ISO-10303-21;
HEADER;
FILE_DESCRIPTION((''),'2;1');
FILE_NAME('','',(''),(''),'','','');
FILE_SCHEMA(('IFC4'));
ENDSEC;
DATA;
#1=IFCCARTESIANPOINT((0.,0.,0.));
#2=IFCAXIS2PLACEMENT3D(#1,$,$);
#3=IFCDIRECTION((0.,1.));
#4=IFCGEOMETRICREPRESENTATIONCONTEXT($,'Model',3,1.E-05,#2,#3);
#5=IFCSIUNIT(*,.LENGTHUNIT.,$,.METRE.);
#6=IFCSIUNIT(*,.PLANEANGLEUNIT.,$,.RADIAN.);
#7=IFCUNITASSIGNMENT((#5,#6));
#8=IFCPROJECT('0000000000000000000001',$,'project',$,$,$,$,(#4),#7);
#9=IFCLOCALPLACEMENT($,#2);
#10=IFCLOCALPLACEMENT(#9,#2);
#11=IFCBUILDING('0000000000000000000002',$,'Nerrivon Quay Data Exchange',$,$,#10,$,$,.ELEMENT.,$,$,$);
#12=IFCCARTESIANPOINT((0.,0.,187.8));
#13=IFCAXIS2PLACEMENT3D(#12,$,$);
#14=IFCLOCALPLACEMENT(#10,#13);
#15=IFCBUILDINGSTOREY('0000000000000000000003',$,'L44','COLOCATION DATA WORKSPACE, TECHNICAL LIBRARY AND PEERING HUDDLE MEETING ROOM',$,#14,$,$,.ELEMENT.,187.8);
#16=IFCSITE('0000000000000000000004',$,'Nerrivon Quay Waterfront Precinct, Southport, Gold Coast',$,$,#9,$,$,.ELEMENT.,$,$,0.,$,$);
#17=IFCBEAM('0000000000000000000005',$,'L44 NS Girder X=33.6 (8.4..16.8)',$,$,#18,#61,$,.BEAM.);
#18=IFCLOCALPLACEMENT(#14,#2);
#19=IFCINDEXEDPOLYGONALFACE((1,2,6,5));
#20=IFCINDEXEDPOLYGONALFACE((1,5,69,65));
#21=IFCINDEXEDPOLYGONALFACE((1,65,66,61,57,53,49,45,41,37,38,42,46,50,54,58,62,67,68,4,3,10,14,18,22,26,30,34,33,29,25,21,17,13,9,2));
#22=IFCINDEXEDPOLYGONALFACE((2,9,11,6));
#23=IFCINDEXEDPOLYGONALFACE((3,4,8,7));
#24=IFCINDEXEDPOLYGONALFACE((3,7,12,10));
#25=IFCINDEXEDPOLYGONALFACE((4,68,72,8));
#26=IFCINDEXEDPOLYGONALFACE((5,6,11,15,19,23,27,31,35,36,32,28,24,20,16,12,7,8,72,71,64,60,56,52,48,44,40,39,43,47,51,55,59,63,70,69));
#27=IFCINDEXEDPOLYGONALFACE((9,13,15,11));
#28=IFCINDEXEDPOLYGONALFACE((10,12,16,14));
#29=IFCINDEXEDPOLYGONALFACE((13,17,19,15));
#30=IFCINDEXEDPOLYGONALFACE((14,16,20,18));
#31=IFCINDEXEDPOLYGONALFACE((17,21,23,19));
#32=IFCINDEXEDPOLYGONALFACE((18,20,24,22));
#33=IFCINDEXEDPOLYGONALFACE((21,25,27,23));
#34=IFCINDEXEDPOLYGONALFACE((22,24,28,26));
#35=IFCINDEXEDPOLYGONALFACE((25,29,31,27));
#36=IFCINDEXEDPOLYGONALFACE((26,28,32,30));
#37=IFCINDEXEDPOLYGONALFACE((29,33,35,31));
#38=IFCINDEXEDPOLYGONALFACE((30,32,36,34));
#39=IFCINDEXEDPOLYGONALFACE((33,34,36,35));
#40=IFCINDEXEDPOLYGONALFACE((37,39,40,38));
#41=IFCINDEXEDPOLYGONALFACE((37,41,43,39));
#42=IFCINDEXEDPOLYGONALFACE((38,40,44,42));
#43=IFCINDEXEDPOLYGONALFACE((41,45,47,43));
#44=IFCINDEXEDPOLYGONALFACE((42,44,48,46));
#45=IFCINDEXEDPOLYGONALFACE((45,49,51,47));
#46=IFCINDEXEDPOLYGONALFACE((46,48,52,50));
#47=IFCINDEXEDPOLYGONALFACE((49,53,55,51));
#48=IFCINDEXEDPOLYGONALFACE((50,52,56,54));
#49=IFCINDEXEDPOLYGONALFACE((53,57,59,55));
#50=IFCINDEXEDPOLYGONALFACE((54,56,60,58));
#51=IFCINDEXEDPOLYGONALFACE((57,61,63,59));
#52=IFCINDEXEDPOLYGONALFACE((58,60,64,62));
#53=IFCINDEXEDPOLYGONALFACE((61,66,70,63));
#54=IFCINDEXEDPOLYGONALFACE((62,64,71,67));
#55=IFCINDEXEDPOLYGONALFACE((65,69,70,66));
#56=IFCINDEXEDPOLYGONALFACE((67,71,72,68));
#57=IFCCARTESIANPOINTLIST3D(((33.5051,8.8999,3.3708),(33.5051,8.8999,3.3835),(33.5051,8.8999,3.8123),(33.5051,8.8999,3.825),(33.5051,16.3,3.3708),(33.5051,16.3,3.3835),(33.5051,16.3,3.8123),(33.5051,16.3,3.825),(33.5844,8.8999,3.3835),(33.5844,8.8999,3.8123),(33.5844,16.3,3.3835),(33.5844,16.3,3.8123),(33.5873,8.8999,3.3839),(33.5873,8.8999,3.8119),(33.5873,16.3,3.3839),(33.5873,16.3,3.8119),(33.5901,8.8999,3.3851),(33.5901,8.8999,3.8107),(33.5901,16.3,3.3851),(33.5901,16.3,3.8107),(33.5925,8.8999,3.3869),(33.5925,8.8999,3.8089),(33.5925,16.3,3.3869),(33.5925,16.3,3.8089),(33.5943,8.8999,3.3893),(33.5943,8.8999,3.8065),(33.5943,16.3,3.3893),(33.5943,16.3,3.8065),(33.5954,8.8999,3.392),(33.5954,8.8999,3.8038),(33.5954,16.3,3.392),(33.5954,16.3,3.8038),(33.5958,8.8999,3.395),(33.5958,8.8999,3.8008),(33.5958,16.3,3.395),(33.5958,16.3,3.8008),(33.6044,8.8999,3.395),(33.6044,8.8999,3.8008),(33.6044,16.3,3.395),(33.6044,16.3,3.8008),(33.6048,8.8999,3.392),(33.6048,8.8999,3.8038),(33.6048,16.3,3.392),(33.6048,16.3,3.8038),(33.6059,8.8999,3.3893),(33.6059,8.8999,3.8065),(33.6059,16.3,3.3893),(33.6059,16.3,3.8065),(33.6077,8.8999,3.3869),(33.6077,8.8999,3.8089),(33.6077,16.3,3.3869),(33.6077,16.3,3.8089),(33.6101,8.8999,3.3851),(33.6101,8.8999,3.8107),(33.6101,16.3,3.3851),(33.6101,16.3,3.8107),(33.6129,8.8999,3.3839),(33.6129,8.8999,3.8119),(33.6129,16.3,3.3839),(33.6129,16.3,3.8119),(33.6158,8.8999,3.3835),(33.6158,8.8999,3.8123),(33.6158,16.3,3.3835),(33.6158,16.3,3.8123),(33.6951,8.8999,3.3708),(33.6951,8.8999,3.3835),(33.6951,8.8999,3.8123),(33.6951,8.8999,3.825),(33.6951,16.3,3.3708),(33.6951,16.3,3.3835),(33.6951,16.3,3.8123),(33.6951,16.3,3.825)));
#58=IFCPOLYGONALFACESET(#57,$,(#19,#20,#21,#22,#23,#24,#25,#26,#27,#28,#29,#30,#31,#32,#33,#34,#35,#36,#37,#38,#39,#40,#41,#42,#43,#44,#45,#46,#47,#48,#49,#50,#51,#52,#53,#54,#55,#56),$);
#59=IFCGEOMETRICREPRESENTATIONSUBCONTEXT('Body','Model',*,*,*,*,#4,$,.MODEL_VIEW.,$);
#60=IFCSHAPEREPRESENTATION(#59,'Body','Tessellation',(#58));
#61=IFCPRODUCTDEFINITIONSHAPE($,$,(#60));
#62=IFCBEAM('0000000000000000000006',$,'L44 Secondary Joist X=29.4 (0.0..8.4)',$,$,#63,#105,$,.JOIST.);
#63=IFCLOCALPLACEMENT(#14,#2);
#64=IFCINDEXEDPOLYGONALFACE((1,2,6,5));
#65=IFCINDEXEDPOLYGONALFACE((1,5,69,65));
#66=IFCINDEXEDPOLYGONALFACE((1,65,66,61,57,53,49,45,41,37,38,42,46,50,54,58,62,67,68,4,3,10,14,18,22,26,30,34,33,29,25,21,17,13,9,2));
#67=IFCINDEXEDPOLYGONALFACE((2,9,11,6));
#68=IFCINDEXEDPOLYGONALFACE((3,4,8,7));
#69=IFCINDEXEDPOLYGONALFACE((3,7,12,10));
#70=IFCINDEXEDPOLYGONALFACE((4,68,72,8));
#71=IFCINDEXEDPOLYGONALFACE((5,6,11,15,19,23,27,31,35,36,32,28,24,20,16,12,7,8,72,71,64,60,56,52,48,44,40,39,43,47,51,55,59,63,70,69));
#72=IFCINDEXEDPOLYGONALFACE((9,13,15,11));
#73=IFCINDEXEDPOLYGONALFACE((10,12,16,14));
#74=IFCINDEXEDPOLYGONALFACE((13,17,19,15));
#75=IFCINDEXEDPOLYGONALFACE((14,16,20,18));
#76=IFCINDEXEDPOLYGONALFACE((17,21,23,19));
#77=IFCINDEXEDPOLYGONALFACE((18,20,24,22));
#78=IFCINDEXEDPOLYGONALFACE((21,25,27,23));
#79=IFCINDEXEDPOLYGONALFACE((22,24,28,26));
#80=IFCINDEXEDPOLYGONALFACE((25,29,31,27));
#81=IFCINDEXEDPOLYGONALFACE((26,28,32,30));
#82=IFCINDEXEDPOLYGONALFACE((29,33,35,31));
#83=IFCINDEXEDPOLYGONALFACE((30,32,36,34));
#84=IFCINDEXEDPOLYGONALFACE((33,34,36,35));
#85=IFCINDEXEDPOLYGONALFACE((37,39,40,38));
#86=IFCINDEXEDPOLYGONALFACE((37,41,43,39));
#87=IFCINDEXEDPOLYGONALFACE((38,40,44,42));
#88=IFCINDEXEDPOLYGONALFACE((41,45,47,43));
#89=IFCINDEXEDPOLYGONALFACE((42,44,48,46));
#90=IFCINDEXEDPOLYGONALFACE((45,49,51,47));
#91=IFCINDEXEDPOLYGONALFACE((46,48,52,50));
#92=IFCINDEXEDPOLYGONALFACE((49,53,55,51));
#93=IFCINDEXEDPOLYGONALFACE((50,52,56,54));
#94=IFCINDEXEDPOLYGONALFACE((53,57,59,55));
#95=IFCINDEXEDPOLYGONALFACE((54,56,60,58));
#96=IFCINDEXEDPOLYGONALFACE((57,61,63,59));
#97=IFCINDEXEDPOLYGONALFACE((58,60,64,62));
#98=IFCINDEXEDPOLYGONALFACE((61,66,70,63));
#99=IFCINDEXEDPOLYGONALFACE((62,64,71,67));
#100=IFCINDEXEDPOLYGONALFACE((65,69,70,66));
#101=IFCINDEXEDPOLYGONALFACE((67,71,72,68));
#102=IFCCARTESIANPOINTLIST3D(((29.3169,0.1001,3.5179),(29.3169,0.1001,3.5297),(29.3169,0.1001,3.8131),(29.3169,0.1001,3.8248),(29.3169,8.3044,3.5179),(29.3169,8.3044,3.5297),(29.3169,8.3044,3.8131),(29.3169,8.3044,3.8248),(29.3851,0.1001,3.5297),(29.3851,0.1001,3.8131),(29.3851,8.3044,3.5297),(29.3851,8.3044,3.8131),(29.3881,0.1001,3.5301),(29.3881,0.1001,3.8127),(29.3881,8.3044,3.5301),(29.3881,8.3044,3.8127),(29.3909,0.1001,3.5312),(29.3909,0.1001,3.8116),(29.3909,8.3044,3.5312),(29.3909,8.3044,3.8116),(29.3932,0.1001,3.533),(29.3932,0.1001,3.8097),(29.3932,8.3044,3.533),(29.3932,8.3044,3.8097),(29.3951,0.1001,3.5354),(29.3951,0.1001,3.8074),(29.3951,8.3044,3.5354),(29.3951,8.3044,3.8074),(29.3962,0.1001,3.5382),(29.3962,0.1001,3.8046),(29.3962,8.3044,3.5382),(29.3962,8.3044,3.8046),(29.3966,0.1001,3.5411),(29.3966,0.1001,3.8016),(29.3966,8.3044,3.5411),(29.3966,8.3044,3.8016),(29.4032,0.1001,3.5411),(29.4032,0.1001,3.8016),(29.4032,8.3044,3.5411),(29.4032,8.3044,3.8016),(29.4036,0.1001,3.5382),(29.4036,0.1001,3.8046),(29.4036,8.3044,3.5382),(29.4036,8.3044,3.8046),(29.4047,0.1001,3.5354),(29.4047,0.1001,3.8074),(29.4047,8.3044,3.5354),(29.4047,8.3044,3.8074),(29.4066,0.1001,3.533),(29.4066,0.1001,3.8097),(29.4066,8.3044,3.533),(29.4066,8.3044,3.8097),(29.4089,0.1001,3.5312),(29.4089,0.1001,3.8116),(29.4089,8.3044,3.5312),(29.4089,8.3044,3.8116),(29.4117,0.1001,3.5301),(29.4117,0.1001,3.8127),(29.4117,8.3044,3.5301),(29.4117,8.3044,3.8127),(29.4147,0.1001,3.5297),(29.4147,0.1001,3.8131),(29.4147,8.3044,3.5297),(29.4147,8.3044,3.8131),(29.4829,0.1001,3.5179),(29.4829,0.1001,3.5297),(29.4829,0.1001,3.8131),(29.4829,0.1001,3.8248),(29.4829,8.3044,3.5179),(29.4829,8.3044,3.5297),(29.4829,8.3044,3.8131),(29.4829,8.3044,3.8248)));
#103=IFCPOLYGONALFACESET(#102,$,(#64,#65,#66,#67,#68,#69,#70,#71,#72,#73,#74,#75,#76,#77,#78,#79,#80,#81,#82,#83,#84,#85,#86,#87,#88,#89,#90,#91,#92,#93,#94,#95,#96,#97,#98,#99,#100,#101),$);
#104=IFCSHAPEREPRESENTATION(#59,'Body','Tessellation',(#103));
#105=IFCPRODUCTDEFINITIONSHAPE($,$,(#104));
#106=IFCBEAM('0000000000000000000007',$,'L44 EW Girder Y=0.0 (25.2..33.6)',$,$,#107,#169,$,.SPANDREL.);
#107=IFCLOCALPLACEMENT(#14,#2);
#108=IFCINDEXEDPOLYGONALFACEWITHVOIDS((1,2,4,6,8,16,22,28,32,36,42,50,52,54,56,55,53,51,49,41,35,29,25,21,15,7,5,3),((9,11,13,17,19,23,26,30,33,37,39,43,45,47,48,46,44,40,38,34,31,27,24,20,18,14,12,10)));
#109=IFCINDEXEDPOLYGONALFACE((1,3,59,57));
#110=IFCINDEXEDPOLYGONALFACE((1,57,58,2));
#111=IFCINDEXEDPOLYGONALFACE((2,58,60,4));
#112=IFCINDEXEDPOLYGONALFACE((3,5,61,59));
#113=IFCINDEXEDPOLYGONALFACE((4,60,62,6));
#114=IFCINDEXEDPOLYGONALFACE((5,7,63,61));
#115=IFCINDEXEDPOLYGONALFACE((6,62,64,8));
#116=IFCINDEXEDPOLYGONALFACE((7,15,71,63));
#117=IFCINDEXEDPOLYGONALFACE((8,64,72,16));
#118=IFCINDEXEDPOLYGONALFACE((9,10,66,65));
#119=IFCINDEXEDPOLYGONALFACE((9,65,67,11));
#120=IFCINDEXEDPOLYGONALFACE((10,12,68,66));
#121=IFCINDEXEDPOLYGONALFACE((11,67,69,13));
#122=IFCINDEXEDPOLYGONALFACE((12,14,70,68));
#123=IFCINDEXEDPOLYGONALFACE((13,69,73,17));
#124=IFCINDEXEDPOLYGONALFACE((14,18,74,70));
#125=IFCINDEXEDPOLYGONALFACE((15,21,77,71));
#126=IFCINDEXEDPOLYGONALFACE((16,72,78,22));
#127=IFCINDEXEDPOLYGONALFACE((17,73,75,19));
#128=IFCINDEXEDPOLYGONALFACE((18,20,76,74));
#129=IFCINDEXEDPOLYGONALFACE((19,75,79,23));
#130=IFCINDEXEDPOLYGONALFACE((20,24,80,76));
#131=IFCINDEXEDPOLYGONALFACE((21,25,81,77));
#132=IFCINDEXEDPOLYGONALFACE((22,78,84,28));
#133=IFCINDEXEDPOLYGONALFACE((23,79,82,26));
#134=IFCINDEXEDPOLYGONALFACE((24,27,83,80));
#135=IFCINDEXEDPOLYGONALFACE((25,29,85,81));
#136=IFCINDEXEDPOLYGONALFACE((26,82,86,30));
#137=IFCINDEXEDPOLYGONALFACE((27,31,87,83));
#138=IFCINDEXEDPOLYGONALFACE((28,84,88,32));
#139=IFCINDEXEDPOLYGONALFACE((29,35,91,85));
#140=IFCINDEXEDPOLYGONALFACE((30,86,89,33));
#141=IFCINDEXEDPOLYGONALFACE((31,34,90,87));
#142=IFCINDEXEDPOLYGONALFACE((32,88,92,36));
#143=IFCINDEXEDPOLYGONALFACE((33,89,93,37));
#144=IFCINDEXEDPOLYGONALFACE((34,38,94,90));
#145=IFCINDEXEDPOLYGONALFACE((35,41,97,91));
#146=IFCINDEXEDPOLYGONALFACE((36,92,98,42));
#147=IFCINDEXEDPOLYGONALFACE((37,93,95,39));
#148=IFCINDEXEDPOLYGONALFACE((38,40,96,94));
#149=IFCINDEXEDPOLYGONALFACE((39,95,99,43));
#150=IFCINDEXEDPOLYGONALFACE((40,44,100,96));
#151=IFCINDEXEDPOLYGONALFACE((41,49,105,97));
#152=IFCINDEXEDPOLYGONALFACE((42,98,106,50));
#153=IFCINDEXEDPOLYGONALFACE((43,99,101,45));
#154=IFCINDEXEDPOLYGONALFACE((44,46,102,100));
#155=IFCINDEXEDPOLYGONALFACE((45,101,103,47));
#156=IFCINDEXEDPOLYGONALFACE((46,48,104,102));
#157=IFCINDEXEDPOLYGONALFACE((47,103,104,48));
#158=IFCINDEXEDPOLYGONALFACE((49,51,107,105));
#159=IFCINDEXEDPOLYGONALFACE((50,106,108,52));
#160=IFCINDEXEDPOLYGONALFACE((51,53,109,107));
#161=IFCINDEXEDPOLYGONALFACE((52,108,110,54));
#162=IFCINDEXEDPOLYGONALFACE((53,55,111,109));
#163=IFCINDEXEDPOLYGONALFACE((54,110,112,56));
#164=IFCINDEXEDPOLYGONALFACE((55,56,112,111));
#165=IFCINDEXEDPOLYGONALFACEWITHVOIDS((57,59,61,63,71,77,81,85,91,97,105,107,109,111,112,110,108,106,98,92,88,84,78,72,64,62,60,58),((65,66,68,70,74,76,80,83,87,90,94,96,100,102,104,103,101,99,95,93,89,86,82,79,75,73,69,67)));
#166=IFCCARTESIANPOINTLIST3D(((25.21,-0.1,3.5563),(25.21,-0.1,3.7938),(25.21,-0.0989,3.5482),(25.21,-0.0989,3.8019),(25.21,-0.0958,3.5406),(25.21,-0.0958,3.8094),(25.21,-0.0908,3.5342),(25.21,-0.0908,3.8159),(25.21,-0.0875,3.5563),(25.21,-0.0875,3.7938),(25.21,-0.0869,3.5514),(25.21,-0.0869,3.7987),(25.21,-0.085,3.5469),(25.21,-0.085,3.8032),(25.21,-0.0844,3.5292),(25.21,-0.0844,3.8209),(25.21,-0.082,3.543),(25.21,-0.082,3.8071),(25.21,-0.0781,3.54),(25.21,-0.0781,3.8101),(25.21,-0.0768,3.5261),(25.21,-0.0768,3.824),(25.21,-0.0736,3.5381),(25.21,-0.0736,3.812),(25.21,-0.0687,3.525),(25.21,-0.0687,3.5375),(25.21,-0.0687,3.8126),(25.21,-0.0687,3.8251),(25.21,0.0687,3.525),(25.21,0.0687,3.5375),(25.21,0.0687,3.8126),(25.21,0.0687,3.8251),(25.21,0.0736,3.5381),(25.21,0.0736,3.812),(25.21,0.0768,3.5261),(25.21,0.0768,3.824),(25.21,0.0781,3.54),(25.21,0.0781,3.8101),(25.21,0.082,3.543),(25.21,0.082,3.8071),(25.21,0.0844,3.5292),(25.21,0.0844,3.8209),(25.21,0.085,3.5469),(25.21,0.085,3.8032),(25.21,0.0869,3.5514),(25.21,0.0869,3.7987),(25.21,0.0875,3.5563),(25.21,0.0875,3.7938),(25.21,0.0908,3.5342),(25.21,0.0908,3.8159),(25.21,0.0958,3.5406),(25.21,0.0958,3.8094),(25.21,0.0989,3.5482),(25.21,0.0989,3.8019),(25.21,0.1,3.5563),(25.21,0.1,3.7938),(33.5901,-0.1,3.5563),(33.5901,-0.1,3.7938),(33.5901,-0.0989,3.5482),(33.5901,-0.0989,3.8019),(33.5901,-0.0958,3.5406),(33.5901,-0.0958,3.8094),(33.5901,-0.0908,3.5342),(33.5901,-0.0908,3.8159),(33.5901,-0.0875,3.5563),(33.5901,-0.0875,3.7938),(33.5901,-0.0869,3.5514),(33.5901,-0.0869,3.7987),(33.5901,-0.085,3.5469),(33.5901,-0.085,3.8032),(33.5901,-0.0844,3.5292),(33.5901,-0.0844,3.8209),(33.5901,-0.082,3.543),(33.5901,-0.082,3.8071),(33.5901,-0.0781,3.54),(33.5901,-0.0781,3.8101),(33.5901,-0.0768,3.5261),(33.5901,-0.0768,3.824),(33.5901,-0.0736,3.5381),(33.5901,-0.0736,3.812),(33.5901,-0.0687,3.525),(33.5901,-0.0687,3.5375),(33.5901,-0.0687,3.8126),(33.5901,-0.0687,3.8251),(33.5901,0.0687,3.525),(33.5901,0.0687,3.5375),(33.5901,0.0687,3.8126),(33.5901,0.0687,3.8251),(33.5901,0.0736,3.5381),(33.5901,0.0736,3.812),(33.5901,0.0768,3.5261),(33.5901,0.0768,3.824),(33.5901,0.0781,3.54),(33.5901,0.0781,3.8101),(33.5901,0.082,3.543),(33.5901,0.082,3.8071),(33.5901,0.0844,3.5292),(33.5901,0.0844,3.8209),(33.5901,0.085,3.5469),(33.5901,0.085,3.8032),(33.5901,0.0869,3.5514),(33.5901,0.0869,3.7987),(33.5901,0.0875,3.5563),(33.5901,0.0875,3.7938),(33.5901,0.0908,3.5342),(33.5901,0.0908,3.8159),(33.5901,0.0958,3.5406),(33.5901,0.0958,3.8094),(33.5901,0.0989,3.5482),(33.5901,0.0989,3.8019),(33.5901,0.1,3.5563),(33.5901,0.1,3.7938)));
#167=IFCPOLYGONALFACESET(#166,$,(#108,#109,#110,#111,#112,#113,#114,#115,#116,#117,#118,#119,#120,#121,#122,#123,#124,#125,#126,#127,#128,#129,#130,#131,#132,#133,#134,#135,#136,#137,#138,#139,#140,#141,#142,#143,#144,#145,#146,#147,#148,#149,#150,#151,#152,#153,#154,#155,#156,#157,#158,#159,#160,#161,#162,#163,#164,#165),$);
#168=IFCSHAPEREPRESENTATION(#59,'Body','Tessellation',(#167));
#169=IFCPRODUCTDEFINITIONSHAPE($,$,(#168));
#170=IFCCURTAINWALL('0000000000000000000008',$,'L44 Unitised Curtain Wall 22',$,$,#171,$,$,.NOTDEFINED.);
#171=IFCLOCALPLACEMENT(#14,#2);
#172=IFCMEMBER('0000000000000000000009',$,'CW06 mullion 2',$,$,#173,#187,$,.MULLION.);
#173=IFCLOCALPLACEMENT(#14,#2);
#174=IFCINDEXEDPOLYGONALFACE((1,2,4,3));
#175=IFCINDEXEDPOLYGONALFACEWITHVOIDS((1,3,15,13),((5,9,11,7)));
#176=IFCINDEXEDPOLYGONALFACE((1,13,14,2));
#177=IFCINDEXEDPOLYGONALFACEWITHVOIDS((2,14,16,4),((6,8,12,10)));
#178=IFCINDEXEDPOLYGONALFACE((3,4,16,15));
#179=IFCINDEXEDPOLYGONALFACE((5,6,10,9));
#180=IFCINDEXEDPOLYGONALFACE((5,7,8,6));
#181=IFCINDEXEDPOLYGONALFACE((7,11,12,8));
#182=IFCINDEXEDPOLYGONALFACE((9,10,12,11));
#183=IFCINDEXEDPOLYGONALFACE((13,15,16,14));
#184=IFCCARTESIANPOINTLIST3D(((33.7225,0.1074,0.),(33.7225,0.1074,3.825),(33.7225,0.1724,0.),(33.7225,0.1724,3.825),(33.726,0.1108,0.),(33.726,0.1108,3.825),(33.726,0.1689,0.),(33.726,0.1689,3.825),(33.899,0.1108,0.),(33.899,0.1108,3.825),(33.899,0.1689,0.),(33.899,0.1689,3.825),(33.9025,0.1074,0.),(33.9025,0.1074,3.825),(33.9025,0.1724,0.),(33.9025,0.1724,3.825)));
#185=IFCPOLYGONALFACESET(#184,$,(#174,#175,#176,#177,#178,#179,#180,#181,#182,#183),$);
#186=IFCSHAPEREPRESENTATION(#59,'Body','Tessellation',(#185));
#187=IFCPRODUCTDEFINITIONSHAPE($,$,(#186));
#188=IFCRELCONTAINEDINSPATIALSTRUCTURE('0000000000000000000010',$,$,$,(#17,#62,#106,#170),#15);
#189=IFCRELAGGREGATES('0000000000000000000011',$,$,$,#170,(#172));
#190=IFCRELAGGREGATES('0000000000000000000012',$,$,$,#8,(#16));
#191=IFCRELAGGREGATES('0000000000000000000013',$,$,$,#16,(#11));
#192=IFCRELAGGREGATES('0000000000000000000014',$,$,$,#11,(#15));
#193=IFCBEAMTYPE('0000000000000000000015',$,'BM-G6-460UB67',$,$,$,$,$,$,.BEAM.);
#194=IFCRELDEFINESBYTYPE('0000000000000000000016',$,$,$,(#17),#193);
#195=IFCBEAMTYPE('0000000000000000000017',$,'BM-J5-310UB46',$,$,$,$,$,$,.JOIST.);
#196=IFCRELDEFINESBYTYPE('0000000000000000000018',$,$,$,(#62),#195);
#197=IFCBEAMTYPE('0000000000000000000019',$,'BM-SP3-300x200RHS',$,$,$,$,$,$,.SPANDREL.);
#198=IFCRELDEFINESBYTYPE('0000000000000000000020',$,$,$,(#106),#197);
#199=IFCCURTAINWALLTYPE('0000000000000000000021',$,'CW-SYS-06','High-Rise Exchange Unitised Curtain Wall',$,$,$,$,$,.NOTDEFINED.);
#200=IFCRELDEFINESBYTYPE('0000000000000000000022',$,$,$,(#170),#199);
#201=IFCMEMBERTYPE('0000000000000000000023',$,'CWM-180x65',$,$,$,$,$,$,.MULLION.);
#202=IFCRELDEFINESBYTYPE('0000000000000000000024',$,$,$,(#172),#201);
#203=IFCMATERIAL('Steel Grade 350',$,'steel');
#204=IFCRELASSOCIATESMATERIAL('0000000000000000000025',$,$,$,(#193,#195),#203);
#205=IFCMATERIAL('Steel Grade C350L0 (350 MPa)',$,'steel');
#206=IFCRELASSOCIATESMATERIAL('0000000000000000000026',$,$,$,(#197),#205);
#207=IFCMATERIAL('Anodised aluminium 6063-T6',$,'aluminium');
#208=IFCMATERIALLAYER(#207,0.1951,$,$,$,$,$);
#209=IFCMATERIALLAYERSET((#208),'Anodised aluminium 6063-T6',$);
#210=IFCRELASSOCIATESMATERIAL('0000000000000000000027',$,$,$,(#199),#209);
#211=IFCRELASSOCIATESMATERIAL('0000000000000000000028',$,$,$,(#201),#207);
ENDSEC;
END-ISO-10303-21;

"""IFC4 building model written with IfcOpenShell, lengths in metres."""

from ifc_helpers import new_model, si_unit, direction, frame, origin, origin_2d, place, context, subcontext, project, spatial, hollow_rectangle, i_section, extrude, material, layer, layer_set, material_profile, profile_set, type_object, element, aggregate, save


model = new_model("IFC4")

# Units and contexts
model_context = context("Model", 3, precision=1e-05, world=origin(), true_north=direction((0.0, 1.0)))
body_context = subcontext(model_context, "Body", "Model", "MODEL_VIEW")
ifc_project = project(units=[si_unit("LENGTHUNIT", "METRE"), si_unit("PLANEANGLEUNIT", "RADIAN")], contexts=[model_context])

# Site, building, storey
site_placement = place(None, origin())
site = spatial("IfcSite", under=ifc_project, at=site_placement, Name="Nerrivon Quay Waterfront Precinct, Southport, Gold Coast", CompositionType="ELEMENT", RefElevation=0.0)
building_placement = place(site_placement, origin())
building = spatial("IfcBuilding", under=site, at=building_placement, Name="Nerrivon Quay Data Exchange", CompositionType="ELEMENT")
storey_placement = place(building_placement, frame((0.0, 0.0, 187.8)))
storey = spatial("IfcBuildingStorey", under=building, at=storey_placement, Name="L44", Description="COLOCATION DATA WORKSPACE, TECHNICAL LIBRARY AND PEERING HUDDLE MEETING ROOM", CompositionType="ELEMENT", Elevation=187.8)

# Shared definitions
ifc_material_1 = material(Name="Steel Grade 350", Category="steel")

# Beams
ifc_material_profile_1 = material_profile(ifc_material_1, i_section(OverallWidth=0.1899, OverallDepth=0.4541, WebThickness=0.0085, FlangeThickness=0.0127, FilletRadius=0.0115, at=origin_2d()), Name="460UB67.1")
ifc_profile_set_1 = profile_set([ifc_material_profile_1], Name="Steel Grade 350")
beam_type_1 = type_object("IfcBeamType", Name="BM-G6-460UB67", PredefinedType="BEAM", material=ifc_profile_set_1)
beam_1_placement = place(storey_placement, frame((33.6001, 8.8999, 3.5979), z_axis=(0.0, 1.0, 0.0), x_axis=(-1.0, 0.0, 0.0)))
element("IfcBeam", 1, at=beam_1_placement, inside=storey, type_object=beam_type_1, Name="L44 NS Girder X=33.6 (8.4..16.8)", PredefinedType="BEAM", context=body_context, shape_type="SweptSolid", body=[
    extrude(i_section(OverallWidth=0.1899, OverallDepth=0.4541, WebThickness=0.0085, FlangeThickness=0.0127, FilletRadius=0.0115, at=origin_2d()), origin(), (0.0, 0.0, 1.0), 7.4001),
])
ifc_material_profile_2 = material_profile(ifc_material_1, i_section(OverallWidth=0.166, OverallDepth=0.3069, WebThickness=0.0066, FlangeThickness=0.0117, FilletRadius=0.0115, at=origin_2d()), Name="310UB46.2")
ifc_profile_set_2 = profile_set([ifc_material_profile_2], Name="Steel Grade 350")
beam_type_2 = type_object("IfcBeamType", Name="BM-J5-310UB46", PredefinedType="JOIST", material=ifc_profile_set_2)
beam_2_placement = place(storey_placement, frame((29.3999, 0.1001, 3.6714), z_axis=(0.0, 1.0, 0.0), x_axis=(-1.0, 0.0, 0.0)))
element("IfcBeam", 2, at=beam_2_placement, inside=storey, type_object=beam_type_2, Name="L44 Secondary Joist X=29.4 (0.0..8.4)", PredefinedType="JOIST", context=body_context, shape_type="SweptSolid", body=[
    extrude(i_section(OverallWidth=0.166, OverallDepth=0.3069, WebThickness=0.0066, FlangeThickness=0.0117, FilletRadius=0.0115, at=origin_2d()), origin(), (0.0, 0.0, 1.0), 8.2043),
])
ifc_material_2 = material(Name="Steel Grade C350L0 (350 MPa)", Category="steel")
ifc_material_profile_3 = material_profile(ifc_material_2, hollow_rectangle(XDim=0.2, YDim=0.3, WallThickness=0.0125, InnerFilletRadius=0.0188, OuterFilletRadius=0.0312, at=origin_2d()), Name="300x200x12.5RHS")
ifc_profile_set_3 = profile_set([ifc_material_profile_3], Name="Steel Grade C350L0 (350 MPa)")
beam_type_3 = type_object("IfcBeamType", Name="BM-SP3-300x200RHS", PredefinedType="SPANDREL", material=ifc_profile_set_3)
beam_3_placement = place(storey_placement, frame((25.21, 0.0, 3.675), z_axis=(1.0, 0.0, 0.0), x_axis=(0.0, 1.0, 0.0)))
element("IfcBeam", 3, at=beam_3_placement, inside=storey, type_object=beam_type_3, Name="L44 EW Girder Y=0.0 (25.2..33.6)", PredefinedType="SPANDREL", context=body_context, shape_type="SweptSolid", body=[
    extrude(hollow_rectangle(XDim=0.2, YDim=0.3, WallThickness=0.0125, InnerFilletRadius=0.0188, OuterFilletRadius=0.0312, at=origin_2d()), origin(), (0.0, 0.0, 1.0), 8.3801),
])

# Curtain wall, member
ifc_material_3 = material(Name="Anodised aluminium 6063-T6", Category="aluminium")
ifc_layer_1 = layer(ifc_material_3, 0.1951)
ifc_layer_set_1 = layer_set([ifc_layer_1], Name="Anodised aluminium 6063-T6")
curtain_wall_type = type_object("IfcCurtainWallType", Name="CW-SYS-06", Description="High-Rise Exchange Unitised Curtain Wall", PredefinedType="NOTDEFINED", material=ifc_layer_set_1)
curtain_wall_placement = place(storey_placement, origin())
curtain_wall = element("IfcCurtainWall", 4, at=curtain_wall_placement, inside=storey, type_object=curtain_wall_type, Name="L44 Unitised Curtain Wall 22", PredefinedType="NOTDEFINED")
ifc_material_profile_4 = material_profile(ifc_material_3, hollow_rectangle(XDim=0.0649, YDim=0.1799, WallThickness=0.0034, at=origin_2d()), Name="ALU-MULL-180x65")
ifc_profile_set_4 = profile_set([ifc_material_profile_4], Name="Anodised aluminium 6063-T6")
member_type = type_object("IfcMemberType", Name="CWM-180x65", PredefinedType="MULLION", material=ifc_profile_set_4)
member_placement = place(storey_placement, frame((33.8125, 0.1399, 0.0), z_axis=(0.0, 0.0, 1.0), x_axis=(0.0, -1.0, 0.0)))
member = element("IfcMember", 5, at=member_placement, type_object=member_type, Name="CW06 mullion 2", PredefinedType="MULLION", context=body_context, shape_type="SweptSolid", body=[
    extrude(hollow_rectangle(XDim=0.0649, YDim=0.1799, WallThickness=0.0034, at=origin_2d()), origin(), (0.0, 0.0, 1.0), 3.825),
])
aggregate(curtain_wall, [member])

save(model, "model.ifc")
